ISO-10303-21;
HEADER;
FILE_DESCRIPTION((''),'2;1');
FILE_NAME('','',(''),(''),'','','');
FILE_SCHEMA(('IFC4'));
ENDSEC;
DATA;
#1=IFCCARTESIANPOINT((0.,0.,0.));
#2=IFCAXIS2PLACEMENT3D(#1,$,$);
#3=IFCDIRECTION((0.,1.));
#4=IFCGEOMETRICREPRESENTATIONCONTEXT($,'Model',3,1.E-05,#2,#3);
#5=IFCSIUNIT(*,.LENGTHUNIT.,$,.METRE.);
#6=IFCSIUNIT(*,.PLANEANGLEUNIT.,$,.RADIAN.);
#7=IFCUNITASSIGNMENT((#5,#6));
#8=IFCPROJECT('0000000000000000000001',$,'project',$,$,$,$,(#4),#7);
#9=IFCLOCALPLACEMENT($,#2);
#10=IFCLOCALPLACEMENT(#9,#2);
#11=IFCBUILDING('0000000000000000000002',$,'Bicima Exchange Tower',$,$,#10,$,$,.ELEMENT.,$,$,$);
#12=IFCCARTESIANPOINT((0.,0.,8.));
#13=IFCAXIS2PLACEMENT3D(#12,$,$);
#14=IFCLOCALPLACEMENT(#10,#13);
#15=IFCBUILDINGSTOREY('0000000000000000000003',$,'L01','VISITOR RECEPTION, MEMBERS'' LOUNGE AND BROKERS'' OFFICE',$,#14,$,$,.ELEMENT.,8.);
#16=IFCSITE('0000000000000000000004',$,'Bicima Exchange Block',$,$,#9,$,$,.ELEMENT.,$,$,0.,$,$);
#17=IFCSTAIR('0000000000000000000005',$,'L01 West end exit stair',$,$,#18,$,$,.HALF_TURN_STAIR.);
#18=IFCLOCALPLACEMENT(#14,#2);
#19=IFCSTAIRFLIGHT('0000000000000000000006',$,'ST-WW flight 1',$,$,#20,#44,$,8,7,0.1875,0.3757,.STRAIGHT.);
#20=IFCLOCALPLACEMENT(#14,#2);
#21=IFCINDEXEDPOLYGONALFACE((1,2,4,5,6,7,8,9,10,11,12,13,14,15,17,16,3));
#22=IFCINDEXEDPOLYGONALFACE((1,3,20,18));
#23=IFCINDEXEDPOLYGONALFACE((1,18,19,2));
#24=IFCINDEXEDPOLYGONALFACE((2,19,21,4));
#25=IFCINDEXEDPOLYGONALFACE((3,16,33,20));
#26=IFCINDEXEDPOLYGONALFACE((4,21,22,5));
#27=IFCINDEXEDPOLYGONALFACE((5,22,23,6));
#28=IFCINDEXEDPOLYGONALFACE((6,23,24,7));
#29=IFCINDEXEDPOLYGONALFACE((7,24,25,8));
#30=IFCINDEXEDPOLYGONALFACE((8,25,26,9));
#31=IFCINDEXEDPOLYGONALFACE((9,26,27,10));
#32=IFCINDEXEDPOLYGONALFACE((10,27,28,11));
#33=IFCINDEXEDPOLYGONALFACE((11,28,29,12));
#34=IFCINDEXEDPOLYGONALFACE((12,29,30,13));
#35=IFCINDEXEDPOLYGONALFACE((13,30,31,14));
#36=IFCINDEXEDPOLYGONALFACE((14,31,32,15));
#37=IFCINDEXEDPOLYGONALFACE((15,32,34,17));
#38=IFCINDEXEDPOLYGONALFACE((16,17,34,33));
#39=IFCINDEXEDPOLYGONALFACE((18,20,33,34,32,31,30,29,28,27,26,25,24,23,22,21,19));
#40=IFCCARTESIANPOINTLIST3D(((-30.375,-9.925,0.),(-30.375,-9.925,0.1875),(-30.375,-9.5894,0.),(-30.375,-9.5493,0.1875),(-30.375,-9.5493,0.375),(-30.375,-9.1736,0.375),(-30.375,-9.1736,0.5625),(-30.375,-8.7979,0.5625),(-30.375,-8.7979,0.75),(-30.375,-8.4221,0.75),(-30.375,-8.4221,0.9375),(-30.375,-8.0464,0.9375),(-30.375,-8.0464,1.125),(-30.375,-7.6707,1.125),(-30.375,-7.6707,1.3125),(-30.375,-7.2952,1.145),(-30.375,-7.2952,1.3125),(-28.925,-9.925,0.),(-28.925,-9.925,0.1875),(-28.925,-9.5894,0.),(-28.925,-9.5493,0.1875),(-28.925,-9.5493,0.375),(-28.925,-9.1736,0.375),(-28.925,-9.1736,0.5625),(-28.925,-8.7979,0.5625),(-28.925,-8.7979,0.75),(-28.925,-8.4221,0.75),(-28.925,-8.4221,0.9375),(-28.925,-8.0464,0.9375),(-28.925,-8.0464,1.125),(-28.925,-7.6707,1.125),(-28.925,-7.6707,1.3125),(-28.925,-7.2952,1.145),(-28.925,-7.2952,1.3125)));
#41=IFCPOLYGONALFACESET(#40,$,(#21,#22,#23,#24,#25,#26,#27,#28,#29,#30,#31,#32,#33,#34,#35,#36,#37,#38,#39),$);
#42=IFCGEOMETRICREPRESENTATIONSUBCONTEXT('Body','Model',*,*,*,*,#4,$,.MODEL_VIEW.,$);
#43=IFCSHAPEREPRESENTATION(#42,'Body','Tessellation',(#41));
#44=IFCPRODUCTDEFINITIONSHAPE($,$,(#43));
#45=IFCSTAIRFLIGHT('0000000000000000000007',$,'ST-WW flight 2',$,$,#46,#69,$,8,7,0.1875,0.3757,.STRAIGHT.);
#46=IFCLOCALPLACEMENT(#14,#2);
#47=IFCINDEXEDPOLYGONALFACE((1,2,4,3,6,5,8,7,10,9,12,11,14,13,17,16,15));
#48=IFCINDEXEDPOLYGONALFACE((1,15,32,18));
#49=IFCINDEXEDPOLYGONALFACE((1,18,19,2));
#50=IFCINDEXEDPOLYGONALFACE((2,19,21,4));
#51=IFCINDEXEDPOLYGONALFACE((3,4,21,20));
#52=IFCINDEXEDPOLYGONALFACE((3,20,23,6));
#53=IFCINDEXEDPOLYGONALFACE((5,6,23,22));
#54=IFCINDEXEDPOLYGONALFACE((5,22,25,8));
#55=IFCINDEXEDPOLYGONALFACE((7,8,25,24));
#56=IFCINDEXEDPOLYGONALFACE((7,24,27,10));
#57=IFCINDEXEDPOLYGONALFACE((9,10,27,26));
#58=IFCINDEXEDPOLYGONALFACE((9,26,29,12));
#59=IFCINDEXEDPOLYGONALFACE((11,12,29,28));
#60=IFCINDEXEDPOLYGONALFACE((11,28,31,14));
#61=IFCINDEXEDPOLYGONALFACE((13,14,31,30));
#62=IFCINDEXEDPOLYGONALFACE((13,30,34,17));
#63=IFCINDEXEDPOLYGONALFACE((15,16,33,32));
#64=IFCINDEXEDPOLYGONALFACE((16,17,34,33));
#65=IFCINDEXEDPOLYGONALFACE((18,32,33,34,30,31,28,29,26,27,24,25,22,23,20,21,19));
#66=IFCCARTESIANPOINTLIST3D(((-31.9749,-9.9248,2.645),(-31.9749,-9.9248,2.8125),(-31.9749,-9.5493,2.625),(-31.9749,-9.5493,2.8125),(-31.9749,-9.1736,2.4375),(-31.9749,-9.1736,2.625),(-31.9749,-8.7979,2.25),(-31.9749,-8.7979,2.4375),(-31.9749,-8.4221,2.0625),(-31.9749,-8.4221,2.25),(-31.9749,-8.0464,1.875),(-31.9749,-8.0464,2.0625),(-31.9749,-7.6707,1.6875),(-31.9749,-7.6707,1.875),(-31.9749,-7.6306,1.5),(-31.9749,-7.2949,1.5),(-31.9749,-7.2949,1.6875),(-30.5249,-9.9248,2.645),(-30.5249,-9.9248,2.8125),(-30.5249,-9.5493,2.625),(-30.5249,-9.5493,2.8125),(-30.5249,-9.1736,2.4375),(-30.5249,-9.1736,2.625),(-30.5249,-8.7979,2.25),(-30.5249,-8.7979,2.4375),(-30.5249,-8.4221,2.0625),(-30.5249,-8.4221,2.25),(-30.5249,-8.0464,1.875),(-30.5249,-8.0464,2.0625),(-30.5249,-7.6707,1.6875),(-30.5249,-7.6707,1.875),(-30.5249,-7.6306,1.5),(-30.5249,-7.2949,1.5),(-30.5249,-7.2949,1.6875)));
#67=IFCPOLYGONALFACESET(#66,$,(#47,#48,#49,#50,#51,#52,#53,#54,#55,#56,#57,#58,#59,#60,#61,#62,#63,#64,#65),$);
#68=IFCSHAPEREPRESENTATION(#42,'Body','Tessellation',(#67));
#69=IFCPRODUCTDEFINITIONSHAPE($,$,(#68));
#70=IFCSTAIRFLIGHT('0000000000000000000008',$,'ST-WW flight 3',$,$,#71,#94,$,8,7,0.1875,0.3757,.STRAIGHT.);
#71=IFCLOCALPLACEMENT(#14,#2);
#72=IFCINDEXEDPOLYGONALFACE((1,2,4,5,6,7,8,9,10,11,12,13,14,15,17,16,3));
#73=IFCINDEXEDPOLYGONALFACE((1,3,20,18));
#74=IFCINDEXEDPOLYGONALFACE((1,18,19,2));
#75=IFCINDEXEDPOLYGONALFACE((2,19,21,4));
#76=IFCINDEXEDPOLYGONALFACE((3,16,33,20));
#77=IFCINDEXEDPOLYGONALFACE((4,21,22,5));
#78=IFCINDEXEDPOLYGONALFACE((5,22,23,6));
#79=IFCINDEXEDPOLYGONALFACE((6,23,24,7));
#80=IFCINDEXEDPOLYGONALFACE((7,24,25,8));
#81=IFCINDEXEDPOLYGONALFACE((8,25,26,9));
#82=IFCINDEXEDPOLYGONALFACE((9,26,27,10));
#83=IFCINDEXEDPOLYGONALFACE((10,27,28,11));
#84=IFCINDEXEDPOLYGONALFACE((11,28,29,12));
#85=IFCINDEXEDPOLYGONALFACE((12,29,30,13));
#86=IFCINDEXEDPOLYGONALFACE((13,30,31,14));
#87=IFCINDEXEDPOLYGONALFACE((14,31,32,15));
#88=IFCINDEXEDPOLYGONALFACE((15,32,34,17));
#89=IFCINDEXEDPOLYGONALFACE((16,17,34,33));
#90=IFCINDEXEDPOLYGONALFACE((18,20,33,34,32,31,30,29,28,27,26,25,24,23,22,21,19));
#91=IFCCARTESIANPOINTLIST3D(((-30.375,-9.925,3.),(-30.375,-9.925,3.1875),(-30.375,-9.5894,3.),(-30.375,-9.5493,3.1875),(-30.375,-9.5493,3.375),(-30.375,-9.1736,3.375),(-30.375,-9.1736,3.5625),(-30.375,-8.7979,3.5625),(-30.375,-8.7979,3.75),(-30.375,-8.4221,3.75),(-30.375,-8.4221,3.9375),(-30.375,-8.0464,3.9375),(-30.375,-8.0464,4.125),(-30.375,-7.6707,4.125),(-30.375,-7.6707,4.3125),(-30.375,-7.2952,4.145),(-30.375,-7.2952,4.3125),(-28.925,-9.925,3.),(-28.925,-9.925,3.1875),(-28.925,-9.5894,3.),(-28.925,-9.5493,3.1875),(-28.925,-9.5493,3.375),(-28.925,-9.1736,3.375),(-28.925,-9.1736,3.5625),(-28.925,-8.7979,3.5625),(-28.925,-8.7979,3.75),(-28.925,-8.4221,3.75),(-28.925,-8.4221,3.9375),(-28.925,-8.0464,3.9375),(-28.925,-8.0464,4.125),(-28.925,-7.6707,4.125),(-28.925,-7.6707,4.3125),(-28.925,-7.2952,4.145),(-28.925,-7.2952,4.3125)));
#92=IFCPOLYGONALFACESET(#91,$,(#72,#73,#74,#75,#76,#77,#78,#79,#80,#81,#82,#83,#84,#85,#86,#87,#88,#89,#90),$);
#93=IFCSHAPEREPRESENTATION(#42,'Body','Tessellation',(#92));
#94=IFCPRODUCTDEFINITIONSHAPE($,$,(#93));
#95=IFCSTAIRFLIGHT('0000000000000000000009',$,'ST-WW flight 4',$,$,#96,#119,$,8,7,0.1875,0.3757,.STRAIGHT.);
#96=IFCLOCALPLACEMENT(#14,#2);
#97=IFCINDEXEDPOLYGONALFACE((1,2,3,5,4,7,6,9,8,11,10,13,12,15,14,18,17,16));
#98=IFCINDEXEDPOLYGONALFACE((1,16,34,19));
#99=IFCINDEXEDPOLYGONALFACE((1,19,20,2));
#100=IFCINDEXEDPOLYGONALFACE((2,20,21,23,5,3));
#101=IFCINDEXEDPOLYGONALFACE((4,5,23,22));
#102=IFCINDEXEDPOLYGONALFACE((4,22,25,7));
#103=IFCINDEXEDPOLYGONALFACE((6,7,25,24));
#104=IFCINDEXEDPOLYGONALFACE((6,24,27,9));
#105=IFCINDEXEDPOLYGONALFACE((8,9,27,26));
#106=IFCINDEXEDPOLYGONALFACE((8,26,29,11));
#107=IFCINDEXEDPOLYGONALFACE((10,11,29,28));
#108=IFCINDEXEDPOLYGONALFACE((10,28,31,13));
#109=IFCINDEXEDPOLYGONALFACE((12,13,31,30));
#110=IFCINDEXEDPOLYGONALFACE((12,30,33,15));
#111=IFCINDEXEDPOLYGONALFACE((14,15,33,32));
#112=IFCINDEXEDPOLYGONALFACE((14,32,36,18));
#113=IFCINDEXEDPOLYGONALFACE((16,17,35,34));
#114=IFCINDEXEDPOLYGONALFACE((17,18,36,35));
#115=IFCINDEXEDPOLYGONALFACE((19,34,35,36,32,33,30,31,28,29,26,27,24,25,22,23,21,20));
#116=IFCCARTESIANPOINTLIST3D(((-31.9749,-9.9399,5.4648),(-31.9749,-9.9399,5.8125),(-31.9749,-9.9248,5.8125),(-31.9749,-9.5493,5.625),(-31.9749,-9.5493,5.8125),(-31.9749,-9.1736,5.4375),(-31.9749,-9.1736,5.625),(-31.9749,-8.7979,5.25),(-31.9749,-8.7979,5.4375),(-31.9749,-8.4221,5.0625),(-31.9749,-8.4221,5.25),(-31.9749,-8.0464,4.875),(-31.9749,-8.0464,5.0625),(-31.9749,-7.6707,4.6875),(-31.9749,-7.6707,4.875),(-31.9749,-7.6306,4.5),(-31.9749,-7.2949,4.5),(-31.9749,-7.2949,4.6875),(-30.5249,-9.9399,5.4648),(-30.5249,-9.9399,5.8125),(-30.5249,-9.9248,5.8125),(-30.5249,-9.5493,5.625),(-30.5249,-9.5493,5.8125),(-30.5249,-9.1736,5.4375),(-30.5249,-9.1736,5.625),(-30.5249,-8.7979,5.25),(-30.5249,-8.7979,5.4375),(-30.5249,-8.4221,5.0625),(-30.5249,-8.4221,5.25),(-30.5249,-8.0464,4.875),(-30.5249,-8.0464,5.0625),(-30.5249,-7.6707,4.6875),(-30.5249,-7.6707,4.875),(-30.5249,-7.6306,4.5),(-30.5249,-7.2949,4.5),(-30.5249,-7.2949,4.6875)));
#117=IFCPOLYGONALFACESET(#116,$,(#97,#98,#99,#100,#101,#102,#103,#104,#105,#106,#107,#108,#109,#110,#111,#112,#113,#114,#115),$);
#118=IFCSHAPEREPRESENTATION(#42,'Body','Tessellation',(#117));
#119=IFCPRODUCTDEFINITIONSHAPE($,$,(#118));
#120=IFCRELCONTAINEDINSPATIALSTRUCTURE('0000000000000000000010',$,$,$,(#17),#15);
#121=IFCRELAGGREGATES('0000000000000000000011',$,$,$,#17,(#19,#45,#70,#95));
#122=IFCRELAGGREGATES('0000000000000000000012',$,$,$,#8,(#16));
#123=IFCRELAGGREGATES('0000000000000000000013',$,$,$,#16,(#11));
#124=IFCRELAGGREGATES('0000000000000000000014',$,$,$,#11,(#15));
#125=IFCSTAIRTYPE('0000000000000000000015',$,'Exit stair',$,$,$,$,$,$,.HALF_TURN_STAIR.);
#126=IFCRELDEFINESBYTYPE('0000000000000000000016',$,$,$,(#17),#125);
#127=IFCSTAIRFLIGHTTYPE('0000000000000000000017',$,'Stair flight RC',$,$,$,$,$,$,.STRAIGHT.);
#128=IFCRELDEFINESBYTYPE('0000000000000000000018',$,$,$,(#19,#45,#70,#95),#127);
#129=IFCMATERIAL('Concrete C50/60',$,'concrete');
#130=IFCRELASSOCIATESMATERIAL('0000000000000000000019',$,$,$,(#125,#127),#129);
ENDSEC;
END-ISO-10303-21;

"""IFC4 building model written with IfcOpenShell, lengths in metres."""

from ifc_helpers import new_model, si_unit, direction, frame, origin, place, context, subcontext, project, spatial, polyline, outline, extrude, material, type_object, element, aggregate, save


model = new_model("IFC4")

# Units and contexts
model_context = context("Model", 3, precision=1e-05, world=origin(), true_north=direction((0.0, 1.0)))
body_context = subcontext(model_context, "Body", "Model", "MODEL_VIEW")
ifc_project = project(units=[si_unit("LENGTHUNIT", "METRE"), si_unit("PLANEANGLEUNIT", "RADIAN")], contexts=[model_context])

# Site, building, storey
site_placement = place(None, origin())
site = spatial("IfcSite", under=ifc_project, at=site_placement, Name="Bicima Exchange Block", CompositionType="ELEMENT", RefElevation=0.0)
building_placement = place(site_placement, origin())
building = spatial("IfcBuilding", under=site, at=building_placement, Name="Bicima Exchange Tower", CompositionType="ELEMENT")
storey_placement = place(building_placement, frame((0.0, 0.0, 8.0)))
storey = spatial("IfcBuildingStorey", under=building, at=storey_placement, Name="L01", Description="VISITOR RECEPTION, MEMBERS' LOUNGE AND BROKERS' OFFICE", CompositionType="ELEMENT", Elevation=8.0)

# Shared definitions
ifc_material_1 = material(Name="Concrete C50/60", Category="concrete")

# Stair, stair flights
stair_type = type_object("IfcStairType", Name="Exit stair", PredefinedType="HALF_TURN_STAIR", material=ifc_material_1)
stair_placement = place(storey_placement, origin())
stair = element("IfcStair", 1, at=stair_placement, inside=storey, type_object=stair_type, Name="L01 West end exit stair", PredefinedType="HALF_TURN_STAIR")
stair_flight_type = type_object("IfcStairFlightType", Name="Stair flight RC", PredefinedType="STRAIGHT", material=ifc_material_1)
stair_flight_1_placement = place(storey_placement, frame((-29.6499, -9.925, 0.0), z_axis=(0.0, 0.0, 1.0), x_axis=(0.0, 1.0, 0.0)))
stair_flight_1 = element("IfcStairFlight", 2, at=stair_flight_1_placement, type_object=stair_flight_type, Name="ST-WW flight 1", NumberOfRisers=8, NumberOfTreads=7, PredefinedType="STRAIGHT", RiserHeight=0.1875, TreadLength=0.3757, context=body_context, shape_type="SweptSolid", body=[
    extrude(outline(polyline([(0.0, 0.0), (0.0, 0.1875), (0.3757, 0.1875), (0.3757, 0.375), (0.7515, 0.375), (0.7515, 0.5625), (1.1272, 0.5625), (1.1272, 0.75), (1.5029, 0.75), (1.5029, 0.9375), (1.8787, 0.9375), (1.8787, 1.125), (2.2544, 1.125), (2.2544, 1.3125), (2.6299, 1.3125), (2.6299, 1.5), (2.6299, 1.145), (0.3357, 0.0), (0.0, 0.0)])), frame((0.0, 0.7251, 0.0), z_axis=(0.0, -1.0, 0.0), x_axis=(1.0, 0.0, 0.0)), (0.0, 0.0, 1.0), 1.45),
])
stair_flight_2_placement = place(storey_placement, frame((-31.25, -7.2949, 1.5), z_axis=(0.0, 0.0, 1.0), x_axis=(0.0, -1.0, 0.0)))
stair_flight_2 = element("IfcStairFlight", 3, at=stair_flight_2_placement, type_object=stair_flight_type, Name="ST-WW flight 2", NumberOfRisers=8, NumberOfTreads=7, PredefinedType="STRAIGHT", RiserHeight=0.1875, TreadLength=0.3757, context=body_context, shape_type="SweptSolid", body=[
    extrude(outline(polyline([(0.0, 0.0), (0.0, 0.1875), (0.3757, 0.1875), (0.3757, 0.375), (0.7515, 0.375), (0.7515, 0.5625), (1.1272, 0.5625), (1.1272, 0.75), (1.5029, 0.75), (1.5029, 0.9375), (1.8787, 0.9375), (1.8787, 1.125), (2.2544, 1.125), (2.2544, 1.3125), (2.6299, 1.3125), (2.6299, 1.5), (2.6299, 1.145), (0.3357, 0.0), (0.0, 0.0)])), frame((0.0, 0.7251, 0.0), z_axis=(0.0, -1.0, 0.0), x_axis=(1.0, 0.0, 0.0)), (0.0, 0.0, 1.0), 1.45),
])
stair_flight_3_placement = place(storey_placement, frame((-29.6499, -9.925, 3.0), z_axis=(0.0, 0.0, 1.0), x_axis=(0.0, 1.0, 0.0)))
stair_flight_3 = element("IfcStairFlight", 4, at=stair_flight_3_placement, type_object=stair_flight_type, Name="ST-WW flight 3", NumberOfRisers=8, NumberOfTreads=7, PredefinedType="STRAIGHT", RiserHeight=0.1875, TreadLength=0.3757, context=body_context, shape_type="SweptSolid", body=[
    extrude(outline(polyline([(0.0, 0.0), (0.0, 0.1875), (0.3757, 0.1875), (0.3757, 0.375), (0.7515, 0.375), (0.7515, 0.5625), (1.1272, 0.5625), (1.1272, 0.75), (1.5029, 0.75), (1.5029, 0.9375), (1.8787, 0.9375), (1.8787, 1.125), (2.2544, 1.125), (2.2544, 1.3125), (2.6299, 1.3125), (2.6299, 1.5), (2.6299, 1.145), (0.3357, 0.0), (0.0, 0.0)])), frame((0.0, 0.7251, 0.0), z_axis=(0.0, -1.0, 0.0), x_axis=(1.0, 0.0, 0.0)), (0.0, 0.0, 1.0), 1.45),
])
stair_flight_4_placement = place(storey_placement, frame((-31.25, -7.2949, 4.5), z_axis=(0.0, 0.0, 1.0), x_axis=(0.0, -1.0, 0.0)))
stair_flight_4 = element("IfcStairFlight", 5, at=stair_flight_4_placement, type_object=stair_flight_type, Name="ST-WW flight 4", NumberOfRisers=8, NumberOfTreads=7, PredefinedType="STRAIGHT", RiserHeight=0.1875, TreadLength=0.3757, context=body_context, shape_type="SweptSolid", body=[
    extrude(outline(polyline([(0.0, 0.0), (0.0, 0.1875), (0.3757, 0.1875), (0.3757, 0.375), (0.7515, 0.375), (0.7515, 0.5625), (1.1272, 0.5625), (1.1272, 0.75), (1.5029, 0.75), (1.5029, 0.9375), (1.8787, 0.9375), (1.8787, 1.125), (2.2544, 1.125), (2.2544, 1.3125), (2.6299, 1.3125), (2.645, 1.3125), (2.645, 0.9648), (0.3357, 0.0), (0.0, 0.0)])), frame((0.0, 0.7251, 0.0), z_axis=(0.0, -1.0, 0.0), x_axis=(1.0, 0.0, 0.0)), (0.0, 0.0, 1.0), 1.45),
])
aggregate(stair, [stair_flight_1, stair_flight_2, stair_flight_3, stair_flight_4])

save(model, "model.ifc")
